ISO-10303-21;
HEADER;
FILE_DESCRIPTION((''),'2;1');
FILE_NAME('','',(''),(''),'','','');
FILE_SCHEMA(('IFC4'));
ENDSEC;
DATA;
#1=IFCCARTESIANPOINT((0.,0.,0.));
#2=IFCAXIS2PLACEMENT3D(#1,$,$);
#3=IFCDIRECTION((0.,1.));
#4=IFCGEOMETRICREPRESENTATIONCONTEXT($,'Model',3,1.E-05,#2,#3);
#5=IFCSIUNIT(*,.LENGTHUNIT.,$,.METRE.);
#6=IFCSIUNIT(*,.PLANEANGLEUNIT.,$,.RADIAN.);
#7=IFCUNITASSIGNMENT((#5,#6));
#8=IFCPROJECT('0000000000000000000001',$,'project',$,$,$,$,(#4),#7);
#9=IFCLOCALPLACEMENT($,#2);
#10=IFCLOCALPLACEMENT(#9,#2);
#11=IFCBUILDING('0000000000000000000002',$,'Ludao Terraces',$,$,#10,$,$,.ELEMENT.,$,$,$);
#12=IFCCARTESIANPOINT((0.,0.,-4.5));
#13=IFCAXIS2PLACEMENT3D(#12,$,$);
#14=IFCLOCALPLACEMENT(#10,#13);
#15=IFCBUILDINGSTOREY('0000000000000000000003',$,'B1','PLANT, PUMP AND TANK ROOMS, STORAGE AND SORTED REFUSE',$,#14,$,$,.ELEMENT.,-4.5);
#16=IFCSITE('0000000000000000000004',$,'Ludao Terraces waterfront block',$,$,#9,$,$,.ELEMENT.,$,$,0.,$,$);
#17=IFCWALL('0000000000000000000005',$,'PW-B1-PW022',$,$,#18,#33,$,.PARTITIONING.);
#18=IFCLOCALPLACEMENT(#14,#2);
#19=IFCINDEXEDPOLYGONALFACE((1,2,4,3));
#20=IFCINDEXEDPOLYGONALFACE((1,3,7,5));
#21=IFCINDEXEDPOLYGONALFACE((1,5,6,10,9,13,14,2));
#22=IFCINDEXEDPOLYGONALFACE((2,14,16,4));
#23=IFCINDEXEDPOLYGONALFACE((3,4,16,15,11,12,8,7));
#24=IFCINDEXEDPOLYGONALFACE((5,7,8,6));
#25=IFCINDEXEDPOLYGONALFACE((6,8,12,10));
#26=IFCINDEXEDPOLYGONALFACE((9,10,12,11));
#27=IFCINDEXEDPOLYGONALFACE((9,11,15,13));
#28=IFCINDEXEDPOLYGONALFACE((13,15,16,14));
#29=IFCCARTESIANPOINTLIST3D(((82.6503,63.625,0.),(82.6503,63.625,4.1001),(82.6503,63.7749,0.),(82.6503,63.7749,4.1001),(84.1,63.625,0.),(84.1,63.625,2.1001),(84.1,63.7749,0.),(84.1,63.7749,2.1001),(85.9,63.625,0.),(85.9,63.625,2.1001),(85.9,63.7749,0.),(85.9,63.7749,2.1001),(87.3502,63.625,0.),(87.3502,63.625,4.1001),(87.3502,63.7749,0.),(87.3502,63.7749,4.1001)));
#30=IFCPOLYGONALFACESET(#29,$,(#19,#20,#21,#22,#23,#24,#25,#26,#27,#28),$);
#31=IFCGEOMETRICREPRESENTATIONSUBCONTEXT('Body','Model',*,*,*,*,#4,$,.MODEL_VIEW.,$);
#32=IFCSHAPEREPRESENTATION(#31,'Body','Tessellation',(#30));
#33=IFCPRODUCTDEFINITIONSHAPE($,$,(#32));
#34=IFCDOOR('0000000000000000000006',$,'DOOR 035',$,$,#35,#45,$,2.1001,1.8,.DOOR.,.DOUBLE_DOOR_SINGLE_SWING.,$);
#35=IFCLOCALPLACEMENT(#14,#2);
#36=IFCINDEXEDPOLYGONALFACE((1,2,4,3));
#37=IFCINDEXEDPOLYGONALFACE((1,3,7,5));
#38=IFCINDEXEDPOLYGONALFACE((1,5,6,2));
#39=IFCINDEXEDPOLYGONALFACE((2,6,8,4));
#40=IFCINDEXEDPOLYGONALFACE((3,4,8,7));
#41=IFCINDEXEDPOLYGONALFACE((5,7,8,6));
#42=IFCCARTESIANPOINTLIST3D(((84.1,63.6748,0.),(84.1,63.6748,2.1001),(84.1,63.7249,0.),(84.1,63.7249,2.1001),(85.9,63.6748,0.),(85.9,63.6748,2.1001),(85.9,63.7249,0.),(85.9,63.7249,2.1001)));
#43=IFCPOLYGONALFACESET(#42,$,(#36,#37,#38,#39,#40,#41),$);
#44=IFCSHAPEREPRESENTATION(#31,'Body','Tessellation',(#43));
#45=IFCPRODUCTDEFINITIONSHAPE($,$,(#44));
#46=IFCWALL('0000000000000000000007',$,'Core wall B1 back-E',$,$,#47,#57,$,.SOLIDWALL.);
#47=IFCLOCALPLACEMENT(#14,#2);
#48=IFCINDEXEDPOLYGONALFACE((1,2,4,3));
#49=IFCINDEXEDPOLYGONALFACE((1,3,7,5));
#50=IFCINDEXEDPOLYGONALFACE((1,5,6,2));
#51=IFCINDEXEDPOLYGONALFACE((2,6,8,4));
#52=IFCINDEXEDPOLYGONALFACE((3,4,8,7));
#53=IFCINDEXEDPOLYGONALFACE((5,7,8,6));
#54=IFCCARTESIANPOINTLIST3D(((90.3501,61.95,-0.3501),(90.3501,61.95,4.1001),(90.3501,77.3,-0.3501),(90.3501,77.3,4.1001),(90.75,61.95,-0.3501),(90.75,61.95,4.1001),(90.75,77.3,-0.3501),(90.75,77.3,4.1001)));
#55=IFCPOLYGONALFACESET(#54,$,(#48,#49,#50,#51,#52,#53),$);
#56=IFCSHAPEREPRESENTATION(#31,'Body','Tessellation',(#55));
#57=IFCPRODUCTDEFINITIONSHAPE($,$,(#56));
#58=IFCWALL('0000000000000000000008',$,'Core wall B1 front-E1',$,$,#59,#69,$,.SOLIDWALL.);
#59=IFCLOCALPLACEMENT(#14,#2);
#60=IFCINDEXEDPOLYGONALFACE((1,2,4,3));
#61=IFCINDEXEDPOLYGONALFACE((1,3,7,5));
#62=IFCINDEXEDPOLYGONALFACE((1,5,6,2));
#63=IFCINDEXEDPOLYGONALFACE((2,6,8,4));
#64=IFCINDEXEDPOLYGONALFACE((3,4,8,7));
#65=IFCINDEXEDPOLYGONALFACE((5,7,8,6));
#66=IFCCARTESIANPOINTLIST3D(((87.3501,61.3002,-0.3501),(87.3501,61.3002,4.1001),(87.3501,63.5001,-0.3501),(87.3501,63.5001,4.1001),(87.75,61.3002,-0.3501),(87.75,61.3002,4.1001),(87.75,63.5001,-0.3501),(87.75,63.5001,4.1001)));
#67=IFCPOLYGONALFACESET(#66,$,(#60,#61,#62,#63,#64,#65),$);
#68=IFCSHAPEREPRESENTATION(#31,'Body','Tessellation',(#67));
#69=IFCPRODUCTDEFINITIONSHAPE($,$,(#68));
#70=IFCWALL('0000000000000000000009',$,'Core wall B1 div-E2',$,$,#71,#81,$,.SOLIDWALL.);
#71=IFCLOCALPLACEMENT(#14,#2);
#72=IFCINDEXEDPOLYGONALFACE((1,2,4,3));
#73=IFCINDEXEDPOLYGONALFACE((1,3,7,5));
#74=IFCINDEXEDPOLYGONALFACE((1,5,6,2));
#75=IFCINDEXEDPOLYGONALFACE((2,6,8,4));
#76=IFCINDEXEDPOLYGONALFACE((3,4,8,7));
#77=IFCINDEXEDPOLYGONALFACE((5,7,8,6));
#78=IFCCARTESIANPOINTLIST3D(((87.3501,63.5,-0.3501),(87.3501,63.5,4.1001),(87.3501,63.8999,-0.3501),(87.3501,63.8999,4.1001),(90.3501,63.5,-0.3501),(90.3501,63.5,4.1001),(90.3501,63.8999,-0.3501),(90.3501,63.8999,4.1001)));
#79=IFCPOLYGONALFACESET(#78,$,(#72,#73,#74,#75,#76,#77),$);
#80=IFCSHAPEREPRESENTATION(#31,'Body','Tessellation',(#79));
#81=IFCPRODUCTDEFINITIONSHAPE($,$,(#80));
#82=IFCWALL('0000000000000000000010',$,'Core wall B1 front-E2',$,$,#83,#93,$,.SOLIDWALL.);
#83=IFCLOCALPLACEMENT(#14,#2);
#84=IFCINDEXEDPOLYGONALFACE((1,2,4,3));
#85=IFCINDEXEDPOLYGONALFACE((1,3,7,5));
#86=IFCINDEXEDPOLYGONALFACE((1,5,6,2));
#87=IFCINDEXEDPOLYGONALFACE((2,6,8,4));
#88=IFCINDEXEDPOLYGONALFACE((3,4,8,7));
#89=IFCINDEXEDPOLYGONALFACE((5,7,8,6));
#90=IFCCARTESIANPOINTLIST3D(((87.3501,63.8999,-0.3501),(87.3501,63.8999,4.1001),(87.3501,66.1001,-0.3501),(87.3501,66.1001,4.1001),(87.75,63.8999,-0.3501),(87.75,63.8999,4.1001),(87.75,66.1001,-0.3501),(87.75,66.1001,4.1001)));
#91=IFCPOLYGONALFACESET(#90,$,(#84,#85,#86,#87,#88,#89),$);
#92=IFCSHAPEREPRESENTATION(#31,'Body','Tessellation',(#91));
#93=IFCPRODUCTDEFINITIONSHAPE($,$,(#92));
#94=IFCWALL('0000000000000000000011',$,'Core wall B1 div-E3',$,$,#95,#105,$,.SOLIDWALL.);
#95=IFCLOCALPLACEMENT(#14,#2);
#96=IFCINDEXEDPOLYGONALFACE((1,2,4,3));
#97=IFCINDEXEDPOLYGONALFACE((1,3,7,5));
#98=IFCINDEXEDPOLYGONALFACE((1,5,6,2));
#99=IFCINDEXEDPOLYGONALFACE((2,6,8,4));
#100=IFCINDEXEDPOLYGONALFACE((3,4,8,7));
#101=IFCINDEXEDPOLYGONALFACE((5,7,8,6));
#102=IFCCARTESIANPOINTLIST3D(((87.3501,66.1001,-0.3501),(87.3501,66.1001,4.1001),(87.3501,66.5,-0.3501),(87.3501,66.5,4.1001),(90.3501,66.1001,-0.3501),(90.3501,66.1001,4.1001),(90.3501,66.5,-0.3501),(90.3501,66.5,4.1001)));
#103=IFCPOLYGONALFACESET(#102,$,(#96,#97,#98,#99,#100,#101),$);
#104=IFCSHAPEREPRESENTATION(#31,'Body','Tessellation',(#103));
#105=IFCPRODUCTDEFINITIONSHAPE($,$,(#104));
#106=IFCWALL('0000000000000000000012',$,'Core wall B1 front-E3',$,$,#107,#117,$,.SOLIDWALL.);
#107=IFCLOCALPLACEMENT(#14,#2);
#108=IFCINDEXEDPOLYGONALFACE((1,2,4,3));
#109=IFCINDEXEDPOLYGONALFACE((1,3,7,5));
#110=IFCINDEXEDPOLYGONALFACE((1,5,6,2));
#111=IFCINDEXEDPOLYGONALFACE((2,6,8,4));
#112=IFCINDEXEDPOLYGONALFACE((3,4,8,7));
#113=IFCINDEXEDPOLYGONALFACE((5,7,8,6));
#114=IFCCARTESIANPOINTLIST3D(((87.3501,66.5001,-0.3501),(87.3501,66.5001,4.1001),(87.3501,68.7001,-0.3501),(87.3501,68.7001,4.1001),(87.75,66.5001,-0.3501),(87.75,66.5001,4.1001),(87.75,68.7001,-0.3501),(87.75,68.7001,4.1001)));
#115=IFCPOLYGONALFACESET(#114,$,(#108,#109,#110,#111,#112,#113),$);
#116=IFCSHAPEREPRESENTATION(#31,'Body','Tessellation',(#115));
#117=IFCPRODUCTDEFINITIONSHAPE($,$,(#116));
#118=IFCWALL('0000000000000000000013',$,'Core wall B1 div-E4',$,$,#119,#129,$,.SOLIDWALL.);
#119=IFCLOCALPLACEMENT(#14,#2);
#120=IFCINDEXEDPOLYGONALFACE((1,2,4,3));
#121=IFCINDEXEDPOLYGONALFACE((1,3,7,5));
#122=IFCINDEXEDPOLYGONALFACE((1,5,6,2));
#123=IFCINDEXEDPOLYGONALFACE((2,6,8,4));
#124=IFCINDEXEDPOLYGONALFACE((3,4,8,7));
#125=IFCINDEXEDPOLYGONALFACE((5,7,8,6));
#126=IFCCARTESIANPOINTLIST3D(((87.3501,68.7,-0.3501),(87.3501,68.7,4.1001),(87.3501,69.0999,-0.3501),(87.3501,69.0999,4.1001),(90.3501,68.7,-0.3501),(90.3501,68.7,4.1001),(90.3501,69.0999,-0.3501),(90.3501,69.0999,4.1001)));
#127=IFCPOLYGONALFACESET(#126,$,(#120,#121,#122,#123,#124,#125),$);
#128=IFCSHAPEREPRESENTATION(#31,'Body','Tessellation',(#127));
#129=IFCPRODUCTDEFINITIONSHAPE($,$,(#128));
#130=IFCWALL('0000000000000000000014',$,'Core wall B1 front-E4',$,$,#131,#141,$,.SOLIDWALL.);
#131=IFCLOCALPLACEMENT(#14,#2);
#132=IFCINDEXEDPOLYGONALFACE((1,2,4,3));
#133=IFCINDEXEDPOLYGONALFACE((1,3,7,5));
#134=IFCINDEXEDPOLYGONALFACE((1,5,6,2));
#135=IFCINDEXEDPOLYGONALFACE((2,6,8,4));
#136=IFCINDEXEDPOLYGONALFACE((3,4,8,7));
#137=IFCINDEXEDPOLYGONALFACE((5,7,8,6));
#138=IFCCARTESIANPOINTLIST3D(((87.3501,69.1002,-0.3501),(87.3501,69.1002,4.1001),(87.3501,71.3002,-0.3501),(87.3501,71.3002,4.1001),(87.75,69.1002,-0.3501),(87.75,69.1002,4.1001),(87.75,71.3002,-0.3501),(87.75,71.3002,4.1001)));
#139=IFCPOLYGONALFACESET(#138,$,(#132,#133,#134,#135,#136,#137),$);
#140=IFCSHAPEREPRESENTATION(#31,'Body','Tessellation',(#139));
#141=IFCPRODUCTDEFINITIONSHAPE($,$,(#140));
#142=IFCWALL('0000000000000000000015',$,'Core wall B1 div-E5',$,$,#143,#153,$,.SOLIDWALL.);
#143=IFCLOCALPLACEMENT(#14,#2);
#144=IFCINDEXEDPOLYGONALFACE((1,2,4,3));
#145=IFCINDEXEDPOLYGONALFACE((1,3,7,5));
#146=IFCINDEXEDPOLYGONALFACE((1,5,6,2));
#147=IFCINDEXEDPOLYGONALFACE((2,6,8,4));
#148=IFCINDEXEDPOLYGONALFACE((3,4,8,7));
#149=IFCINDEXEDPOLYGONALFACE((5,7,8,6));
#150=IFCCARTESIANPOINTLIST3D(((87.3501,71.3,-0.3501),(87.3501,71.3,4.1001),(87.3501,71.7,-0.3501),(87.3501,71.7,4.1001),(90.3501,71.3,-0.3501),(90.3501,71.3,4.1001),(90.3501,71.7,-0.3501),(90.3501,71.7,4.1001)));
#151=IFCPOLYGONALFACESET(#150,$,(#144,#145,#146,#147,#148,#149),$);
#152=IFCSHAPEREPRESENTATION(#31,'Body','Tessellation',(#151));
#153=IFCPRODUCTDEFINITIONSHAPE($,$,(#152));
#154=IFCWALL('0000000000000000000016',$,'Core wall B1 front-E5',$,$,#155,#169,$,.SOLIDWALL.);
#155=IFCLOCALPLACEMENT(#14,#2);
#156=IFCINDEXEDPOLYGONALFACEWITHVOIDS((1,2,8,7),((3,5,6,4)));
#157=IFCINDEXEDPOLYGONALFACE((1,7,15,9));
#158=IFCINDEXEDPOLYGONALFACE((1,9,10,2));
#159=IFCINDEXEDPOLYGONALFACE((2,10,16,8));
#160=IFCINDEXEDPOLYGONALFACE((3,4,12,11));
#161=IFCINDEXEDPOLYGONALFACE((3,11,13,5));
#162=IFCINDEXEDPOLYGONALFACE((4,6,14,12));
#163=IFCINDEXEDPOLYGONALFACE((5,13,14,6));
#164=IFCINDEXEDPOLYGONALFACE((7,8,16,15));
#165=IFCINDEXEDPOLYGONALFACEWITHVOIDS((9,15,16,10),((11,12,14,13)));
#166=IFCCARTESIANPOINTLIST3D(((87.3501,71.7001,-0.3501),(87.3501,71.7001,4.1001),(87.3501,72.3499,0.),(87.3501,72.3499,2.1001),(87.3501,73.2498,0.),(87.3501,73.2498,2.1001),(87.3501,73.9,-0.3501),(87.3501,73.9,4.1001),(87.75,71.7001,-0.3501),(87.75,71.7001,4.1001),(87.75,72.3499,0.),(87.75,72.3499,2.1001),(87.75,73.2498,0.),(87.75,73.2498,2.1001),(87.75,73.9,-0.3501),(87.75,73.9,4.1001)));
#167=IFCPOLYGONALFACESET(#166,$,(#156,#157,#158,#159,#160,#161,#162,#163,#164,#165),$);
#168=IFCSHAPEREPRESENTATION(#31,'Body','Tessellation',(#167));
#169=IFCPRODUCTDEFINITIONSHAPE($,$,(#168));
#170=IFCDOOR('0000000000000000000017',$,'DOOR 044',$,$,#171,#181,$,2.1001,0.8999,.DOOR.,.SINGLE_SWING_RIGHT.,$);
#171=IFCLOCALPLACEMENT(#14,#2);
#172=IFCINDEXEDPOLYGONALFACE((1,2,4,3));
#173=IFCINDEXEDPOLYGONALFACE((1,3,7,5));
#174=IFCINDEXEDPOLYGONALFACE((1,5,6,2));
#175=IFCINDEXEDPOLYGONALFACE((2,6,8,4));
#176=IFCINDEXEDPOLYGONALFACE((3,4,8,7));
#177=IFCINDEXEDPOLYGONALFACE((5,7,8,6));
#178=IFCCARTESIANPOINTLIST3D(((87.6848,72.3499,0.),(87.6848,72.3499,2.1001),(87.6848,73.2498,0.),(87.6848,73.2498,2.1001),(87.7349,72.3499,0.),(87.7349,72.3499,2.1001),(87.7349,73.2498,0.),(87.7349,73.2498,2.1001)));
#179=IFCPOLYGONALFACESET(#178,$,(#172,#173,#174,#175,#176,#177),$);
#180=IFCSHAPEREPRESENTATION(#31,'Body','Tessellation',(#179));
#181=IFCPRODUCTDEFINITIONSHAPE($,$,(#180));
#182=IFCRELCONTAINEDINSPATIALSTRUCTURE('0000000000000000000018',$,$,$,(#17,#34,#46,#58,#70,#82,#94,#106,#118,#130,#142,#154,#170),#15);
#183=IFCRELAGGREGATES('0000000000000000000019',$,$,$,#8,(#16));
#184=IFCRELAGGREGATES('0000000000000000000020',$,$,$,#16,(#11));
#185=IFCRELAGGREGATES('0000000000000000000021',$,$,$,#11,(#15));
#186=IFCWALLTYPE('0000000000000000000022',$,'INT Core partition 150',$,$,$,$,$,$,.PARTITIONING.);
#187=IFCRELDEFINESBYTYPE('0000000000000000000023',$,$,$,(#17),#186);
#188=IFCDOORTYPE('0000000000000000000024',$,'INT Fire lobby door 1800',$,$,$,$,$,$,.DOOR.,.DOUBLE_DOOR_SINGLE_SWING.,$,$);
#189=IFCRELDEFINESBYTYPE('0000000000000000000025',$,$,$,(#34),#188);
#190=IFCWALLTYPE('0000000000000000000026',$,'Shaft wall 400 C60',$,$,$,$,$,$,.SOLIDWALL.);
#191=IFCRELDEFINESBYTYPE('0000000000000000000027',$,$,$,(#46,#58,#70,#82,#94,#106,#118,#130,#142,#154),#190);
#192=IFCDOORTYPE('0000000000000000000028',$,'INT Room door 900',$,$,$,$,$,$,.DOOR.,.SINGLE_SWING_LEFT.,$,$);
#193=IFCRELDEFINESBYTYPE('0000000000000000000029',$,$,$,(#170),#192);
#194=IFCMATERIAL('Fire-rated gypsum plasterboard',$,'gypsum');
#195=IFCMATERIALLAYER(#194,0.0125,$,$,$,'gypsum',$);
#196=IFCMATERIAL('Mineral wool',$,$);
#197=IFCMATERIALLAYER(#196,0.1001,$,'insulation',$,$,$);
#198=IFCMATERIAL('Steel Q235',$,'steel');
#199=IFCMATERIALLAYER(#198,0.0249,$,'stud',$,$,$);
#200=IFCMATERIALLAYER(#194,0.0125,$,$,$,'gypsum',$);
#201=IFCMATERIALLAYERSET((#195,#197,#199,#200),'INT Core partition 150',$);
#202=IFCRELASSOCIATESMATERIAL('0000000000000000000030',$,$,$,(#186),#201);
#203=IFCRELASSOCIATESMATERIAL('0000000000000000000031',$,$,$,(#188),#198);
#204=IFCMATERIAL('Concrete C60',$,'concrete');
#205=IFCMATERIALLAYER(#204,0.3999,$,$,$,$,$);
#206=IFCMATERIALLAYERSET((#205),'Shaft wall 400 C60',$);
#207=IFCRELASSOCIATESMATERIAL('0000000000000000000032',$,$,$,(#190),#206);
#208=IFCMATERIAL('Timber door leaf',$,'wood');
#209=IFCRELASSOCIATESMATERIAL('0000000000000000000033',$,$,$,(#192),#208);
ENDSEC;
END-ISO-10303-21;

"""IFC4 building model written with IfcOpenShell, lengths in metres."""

from ifc_helpers import new_model, si_unit, direction, frame, frame_2d, origin, place, context, subcontext, project, spatial, rectangle, extrude, material, layer, layer_set, type_object, element, fill, save


model = new_model("IFC4")

# Units and contexts
model_context = context("Model", 3, precision=1e-05, world=origin(), true_north=direction((0.0, 1.0)))
body_context = subcontext(model_context, "Body", "Model", "MODEL_VIEW")
ifc_project = project(units=[si_unit("LENGTHUNIT", "METRE"), si_unit("PLANEANGLEUNIT", "RADIAN")], contexts=[model_context])

# Site, building, storey
site_placement = place(None, origin())
site = spatial("IfcSite", under=ifc_project, at=site_placement, Name="Ludao Terraces waterfront block", CompositionType="ELEMENT", RefElevation=0.0)
building_placement = place(site_placement, origin())
building = spatial("IfcBuilding", under=site, at=building_placement, Name="Ludao Terraces", CompositionType="ELEMENT")
storey_placement = place(building_placement, frame((0.0, 0.0, -4.5)))
storey = spatial("IfcBuildingStorey", under=building, at=storey_placement, Name="B1", Description="PLANT, PUMP AND TANK ROOMS, STORAGE AND SORTED REFUSE", CompositionType="ELEMENT", Elevation=-4.5)

# Wall, opening, door
ifc_material_1 = material(Name="Fire-rated gypsum plasterboard", Category="gypsum")
ifc_layer_1 = layer(ifc_material_1, 0.0125, Category="gypsum")
ifc_material_2 = material(Name="Mineral wool")
ifc_layer_2 = layer(ifc_material_2, 0.1001, Name="insulation")
ifc_material_3 = material(Name="Steel Q235", Category="steel")
ifc_layer_3 = layer(ifc_material_3, 0.0249, Name="stud")
ifc_layer_4 = layer(ifc_material_1, 0.0125, Category="gypsum")
ifc_layer_set_1 = layer_set([ifc_layer_1, ifc_layer_2, ifc_layer_3, ifc_layer_4], Name="INT Core partition 150")
wall_type_1 = type_object("IfcWallType", Name="INT Core partition 150", PredefinedType="PARTITIONING", material=ifc_layer_set_1)
wall_1_placement = place(storey_placement, frame((82.6501, 63.7, 0.0), z_axis=(0.0, 0.0, 1.0), x_axis=(1.0, 0.0, 0.0)))
wall_1 = element("IfcWall", 1, at=wall_1_placement, inside=storey, type_object=wall_type_1, Name="PW-B1-PW022", PredefinedType="PARTITIONING", context=body_context, shape_type="SweptSolid", body=[
    extrude(rectangle(XDim=4.7, YDim=0.1499, at=frame_2d((2.3501, 0.0))), origin(), (0.0, 0.0, 1.0), 4.1001),
])
opening_1_placement = place(wall_1_placement, frame((1.45, 0.0, 0.0)))
opening_1 = element("IfcOpeningElement", 2, at=opening_1_placement, cuts=wall_1, PredefinedType="OPENING", context=body_context, shape_type="SweptSolid", body=[
    extrude(rectangle(XDim=1.8, YDim=2.1001, at=frame_2d((0.8999, 1.05))), frame((0.0, 0.085, 0.0), z_axis=(0.0, -1.0, 0.0), x_axis=(1.0, 0.0, 0.0)), (0.0, 0.0, 1.0), 0.1699),
])
door_type_1 = type_object("IfcDoorType", Name="INT Fire lobby door 1800", OperationType="DOUBLE_DOOR_SINGLE_SWING", PredefinedType="DOOR", material=ifc_material_3)
door_1_placement = place(opening_1_placement, origin())
door_1 = element("IfcDoor", 3, at=door_1_placement, inside=storey, type_object=door_type_1, Name="DOOR 035", OperationType="DOUBLE_DOOR_SINGLE_SWING", OverallHeight=2.1001, OverallWidth=1.8, PredefinedType="DOOR", context=body_context, shape_type="SweptSolid", body=[
    extrude(rectangle(XDim=1.8, YDim=2.1001, at=frame_2d((0.8999, 1.05))), frame((0.0, 0.0249, 0.0), z_axis=(0.0, -1.0, 0.0), x_axis=(1.0, 0.0, 0.0)), (0.0, 0.0, 1.0), 0.05),
])
fill(opening_1, door_1)

# Walls
ifc_material_4 = material(Name="Concrete C60", Category="concrete")
ifc_layer_5 = layer(ifc_material_4, 0.3999)
ifc_layer_set_2 = layer_set([ifc_layer_5], Name="Shaft wall 400 C60")
wall_type_2 = type_object("IfcWallType", Name="Shaft wall 400 C60", PredefinedType="SOLIDWALL", material=ifc_layer_set_2)
wall_2_placement = place(storey_placement, frame((90.55, 61.95, -0.3501), z_axis=(0.0, 0.0, 1.0), x_axis=(0.0, 1.0, 0.0)))
element("IfcWall", 4, at=wall_2_placement, inside=storey, type_object=wall_type_2, Name="Core wall B1 back-E", PredefinedType="SOLIDWALL", context=body_context, shape_type="SweptSolid", body=[
    extrude(rectangle(XDim=15.3501, YDim=0.3999, at=frame_2d((7.675, 0.0))), origin(), (0.0, 0.0, 1.0), 4.4502),
])
wall_3_placement = place(storey_placement, frame((87.55, 61.3, -0.3501), z_axis=(0.0, 0.0, 1.0), x_axis=(0.0, 1.0, 0.0)))
element("IfcWall", 5, at=wall_3_placement, inside=storey, type_object=wall_type_2, Name="Core wall B1 front-E1", PredefinedType="SOLIDWALL", context=body_context, shape_type="SweptSolid", body=[
    extrude(rectangle(XDim=2.2, YDim=0.3999, at=frame_2d((1.1001, 0.0))), origin(), (0.0, 0.0, 1.0), 4.4502),
])
wall_4_placement = place(storey_placement, frame((87.3501, 63.7, -0.3501), z_axis=(0.0, 0.0, 1.0), x_axis=(1.0, 0.0, 0.0)))
element("IfcWall", 6, at=wall_4_placement, inside=storey, type_object=wall_type_2, Name="Core wall B1 div-E2", PredefinedType="SOLIDWALL", context=body_context, shape_type="SweptSolid", body=[
    extrude(rectangle(XDim=3.0, YDim=0.3999, at=frame_2d((1.5, 0.0))), origin(), (0.0, 0.0, 1.0), 4.4502),
])
wall_5_placement = place(storey_placement, frame((87.55, 63.8999, -0.3501), z_axis=(0.0, 0.0, 1.0), x_axis=(0.0, 1.0, 0.0)))
element("IfcWall", 7, at=wall_5_placement, inside=storey, type_object=wall_type_2, Name="Core wall B1 front-E2", PredefinedType="SOLIDWALL", context=body_context, shape_type="SweptSolid", body=[
    extrude(rectangle(XDim=2.2002, YDim=0.3999, at=frame_2d((1.1001, 0.0))), origin(), (0.0, 0.0, 1.0), 4.4502),
])
wall_6_placement = place(storey_placement, frame((87.3501, 66.3, -0.3501), z_axis=(0.0, 0.0, 1.0), x_axis=(1.0, 0.0, 0.0)))
element("IfcWall", 8, at=wall_6_placement, inside=storey, type_object=wall_type_2, Name="Core wall B1 div-E3", PredefinedType="SOLIDWALL", context=body_context, shape_type="SweptSolid", body=[
    extrude(rectangle(XDim=3.0, YDim=0.3999, at=frame_2d((1.5, 0.0))), origin(), (0.0, 0.0, 1.0), 4.4502),
])
wall_7_placement = place(storey_placement, frame((87.55, 66.5, -0.3501), z_axis=(0.0, 0.0, 1.0), x_axis=(0.0, 1.0, 0.0)))
element("IfcWall", 9, at=wall_7_placement, inside=storey, type_object=wall_type_2, Name="Core wall B1 front-E3", PredefinedType="SOLIDWALL", context=body_context, shape_type="SweptSolid", body=[
    extrude(rectangle(XDim=2.2, YDim=0.3999, at=frame_2d((1.1001, 0.0))), origin(), (0.0, 0.0, 1.0), 4.4502),
])
wall_8_placement = place(storey_placement, frame((87.3501, 68.8999, -0.3501), z_axis=(0.0, 0.0, 1.0), x_axis=(1.0, 0.0, 0.0)))
element("IfcWall", 10, at=wall_8_placement, inside=storey, type_object=wall_type_2, Name="Core wall B1 div-E4", PredefinedType="SOLIDWALL", context=body_context, shape_type="SweptSolid", body=[
    extrude(rectangle(XDim=3.0, YDim=0.3999, at=frame_2d((1.5, 0.0))), origin(), (0.0, 0.0, 1.0), 4.4502),
])
wall_9_placement = place(storey_placement, frame((87.55, 69.1001, -0.3501), z_axis=(0.0, 0.0, 1.0), x_axis=(0.0, 1.0, 0.0)))
element("IfcWall", 11, at=wall_9_placement, inside=storey, type_object=wall_type_2, Name="Core wall B1 front-E4", PredefinedType="SOLIDWALL", context=body_context, shape_type="SweptSolid", body=[
    extrude(rectangle(XDim=2.2, YDim=0.3999, at=frame_2d((1.1001, 0.0))), origin(), (0.0, 0.0, 1.0), 4.4502),
])
wall_10_placement = place(storey_placement, frame((87.3501, 71.5, -0.3501), z_axis=(0.0, 0.0, 1.0), x_axis=(1.0, 0.0, 0.0)))
element("IfcWall", 12, at=wall_10_placement, inside=storey, type_object=wall_type_2, Name="Core wall B1 div-E5", PredefinedType="SOLIDWALL", context=body_context, shape_type="SweptSolid", body=[
    extrude(rectangle(XDim=3.0, YDim=0.3999, at=frame_2d((1.5, 0.0))), origin(), (0.0, 0.0, 1.0), 4.4502),
])

# Wall, opening, door
wall_11_placement = place(storey_placement, frame((87.55, 71.7, -0.3501), z_axis=(0.0, 0.0, 1.0), x_axis=(0.0, 1.0, 0.0)))
wall_11 = element("IfcWall", 13, at=wall_11_placement, inside=storey, type_object=wall_type_2, Name="Core wall B1 front-E5", PredefinedType="SOLIDWALL", context=body_context, shape_type="SweptSolid", body=[
    extrude(rectangle(XDim=2.2, YDim=0.3999, at=frame_2d((1.1001, 0.0))), origin(), (0.0, 0.0, 1.0), 4.4502),
])
opening_2_placement = place(wall_11_placement, frame((0.6499, 0.0, 0.3501)))
opening_2 = element("IfcOpeningElement", 14, at=opening_2_placement, cuts=wall_11, PredefinedType="OPENING", context=body_context, shape_type="SweptSolid", body=[
    extrude(rectangle(XDim=0.8999, YDim=2.1001, at=frame_2d((0.45, 1.05))), frame((0.0, 0.21, 0.0), z_axis=(0.0, -1.0, 0.0), x_axis=(1.0, 0.0, 0.0)), (0.0, 0.0, 1.0), 0.4199),
])
ifc_material_5 = material(Name="Timber door leaf", Category="wood")
door_type_2 = type_object("IfcDoorType", Name="INT Room door 900", OperationType="SINGLE_SWING_LEFT", PredefinedType="DOOR", material=ifc_material_5)
door_2_placement = place(opening_2_placement, origin())
door_2 = element("IfcDoor", 15, at=door_2_placement, inside=storey, type_object=door_type_2, Name="DOOR 044", OperationType="SINGLE_SWING_RIGHT", OverallHeight=2.1001, OverallWidth=0.8999, PredefinedType="DOOR", context=body_context, shape_type="SweptSolid", body=[
    extrude(rectangle(XDim=0.8999, YDim=2.1001, at=frame_2d((0.45, 1.05))), frame((0.0, -0.1348, 0.0), z_axis=(0.0, -1.0, 0.0), x_axis=(1.0, 0.0, 0.0)), (0.0, 0.0, 1.0), 0.05),
])
fill(opening_2, door_2)

save(model, "model.ifc")
